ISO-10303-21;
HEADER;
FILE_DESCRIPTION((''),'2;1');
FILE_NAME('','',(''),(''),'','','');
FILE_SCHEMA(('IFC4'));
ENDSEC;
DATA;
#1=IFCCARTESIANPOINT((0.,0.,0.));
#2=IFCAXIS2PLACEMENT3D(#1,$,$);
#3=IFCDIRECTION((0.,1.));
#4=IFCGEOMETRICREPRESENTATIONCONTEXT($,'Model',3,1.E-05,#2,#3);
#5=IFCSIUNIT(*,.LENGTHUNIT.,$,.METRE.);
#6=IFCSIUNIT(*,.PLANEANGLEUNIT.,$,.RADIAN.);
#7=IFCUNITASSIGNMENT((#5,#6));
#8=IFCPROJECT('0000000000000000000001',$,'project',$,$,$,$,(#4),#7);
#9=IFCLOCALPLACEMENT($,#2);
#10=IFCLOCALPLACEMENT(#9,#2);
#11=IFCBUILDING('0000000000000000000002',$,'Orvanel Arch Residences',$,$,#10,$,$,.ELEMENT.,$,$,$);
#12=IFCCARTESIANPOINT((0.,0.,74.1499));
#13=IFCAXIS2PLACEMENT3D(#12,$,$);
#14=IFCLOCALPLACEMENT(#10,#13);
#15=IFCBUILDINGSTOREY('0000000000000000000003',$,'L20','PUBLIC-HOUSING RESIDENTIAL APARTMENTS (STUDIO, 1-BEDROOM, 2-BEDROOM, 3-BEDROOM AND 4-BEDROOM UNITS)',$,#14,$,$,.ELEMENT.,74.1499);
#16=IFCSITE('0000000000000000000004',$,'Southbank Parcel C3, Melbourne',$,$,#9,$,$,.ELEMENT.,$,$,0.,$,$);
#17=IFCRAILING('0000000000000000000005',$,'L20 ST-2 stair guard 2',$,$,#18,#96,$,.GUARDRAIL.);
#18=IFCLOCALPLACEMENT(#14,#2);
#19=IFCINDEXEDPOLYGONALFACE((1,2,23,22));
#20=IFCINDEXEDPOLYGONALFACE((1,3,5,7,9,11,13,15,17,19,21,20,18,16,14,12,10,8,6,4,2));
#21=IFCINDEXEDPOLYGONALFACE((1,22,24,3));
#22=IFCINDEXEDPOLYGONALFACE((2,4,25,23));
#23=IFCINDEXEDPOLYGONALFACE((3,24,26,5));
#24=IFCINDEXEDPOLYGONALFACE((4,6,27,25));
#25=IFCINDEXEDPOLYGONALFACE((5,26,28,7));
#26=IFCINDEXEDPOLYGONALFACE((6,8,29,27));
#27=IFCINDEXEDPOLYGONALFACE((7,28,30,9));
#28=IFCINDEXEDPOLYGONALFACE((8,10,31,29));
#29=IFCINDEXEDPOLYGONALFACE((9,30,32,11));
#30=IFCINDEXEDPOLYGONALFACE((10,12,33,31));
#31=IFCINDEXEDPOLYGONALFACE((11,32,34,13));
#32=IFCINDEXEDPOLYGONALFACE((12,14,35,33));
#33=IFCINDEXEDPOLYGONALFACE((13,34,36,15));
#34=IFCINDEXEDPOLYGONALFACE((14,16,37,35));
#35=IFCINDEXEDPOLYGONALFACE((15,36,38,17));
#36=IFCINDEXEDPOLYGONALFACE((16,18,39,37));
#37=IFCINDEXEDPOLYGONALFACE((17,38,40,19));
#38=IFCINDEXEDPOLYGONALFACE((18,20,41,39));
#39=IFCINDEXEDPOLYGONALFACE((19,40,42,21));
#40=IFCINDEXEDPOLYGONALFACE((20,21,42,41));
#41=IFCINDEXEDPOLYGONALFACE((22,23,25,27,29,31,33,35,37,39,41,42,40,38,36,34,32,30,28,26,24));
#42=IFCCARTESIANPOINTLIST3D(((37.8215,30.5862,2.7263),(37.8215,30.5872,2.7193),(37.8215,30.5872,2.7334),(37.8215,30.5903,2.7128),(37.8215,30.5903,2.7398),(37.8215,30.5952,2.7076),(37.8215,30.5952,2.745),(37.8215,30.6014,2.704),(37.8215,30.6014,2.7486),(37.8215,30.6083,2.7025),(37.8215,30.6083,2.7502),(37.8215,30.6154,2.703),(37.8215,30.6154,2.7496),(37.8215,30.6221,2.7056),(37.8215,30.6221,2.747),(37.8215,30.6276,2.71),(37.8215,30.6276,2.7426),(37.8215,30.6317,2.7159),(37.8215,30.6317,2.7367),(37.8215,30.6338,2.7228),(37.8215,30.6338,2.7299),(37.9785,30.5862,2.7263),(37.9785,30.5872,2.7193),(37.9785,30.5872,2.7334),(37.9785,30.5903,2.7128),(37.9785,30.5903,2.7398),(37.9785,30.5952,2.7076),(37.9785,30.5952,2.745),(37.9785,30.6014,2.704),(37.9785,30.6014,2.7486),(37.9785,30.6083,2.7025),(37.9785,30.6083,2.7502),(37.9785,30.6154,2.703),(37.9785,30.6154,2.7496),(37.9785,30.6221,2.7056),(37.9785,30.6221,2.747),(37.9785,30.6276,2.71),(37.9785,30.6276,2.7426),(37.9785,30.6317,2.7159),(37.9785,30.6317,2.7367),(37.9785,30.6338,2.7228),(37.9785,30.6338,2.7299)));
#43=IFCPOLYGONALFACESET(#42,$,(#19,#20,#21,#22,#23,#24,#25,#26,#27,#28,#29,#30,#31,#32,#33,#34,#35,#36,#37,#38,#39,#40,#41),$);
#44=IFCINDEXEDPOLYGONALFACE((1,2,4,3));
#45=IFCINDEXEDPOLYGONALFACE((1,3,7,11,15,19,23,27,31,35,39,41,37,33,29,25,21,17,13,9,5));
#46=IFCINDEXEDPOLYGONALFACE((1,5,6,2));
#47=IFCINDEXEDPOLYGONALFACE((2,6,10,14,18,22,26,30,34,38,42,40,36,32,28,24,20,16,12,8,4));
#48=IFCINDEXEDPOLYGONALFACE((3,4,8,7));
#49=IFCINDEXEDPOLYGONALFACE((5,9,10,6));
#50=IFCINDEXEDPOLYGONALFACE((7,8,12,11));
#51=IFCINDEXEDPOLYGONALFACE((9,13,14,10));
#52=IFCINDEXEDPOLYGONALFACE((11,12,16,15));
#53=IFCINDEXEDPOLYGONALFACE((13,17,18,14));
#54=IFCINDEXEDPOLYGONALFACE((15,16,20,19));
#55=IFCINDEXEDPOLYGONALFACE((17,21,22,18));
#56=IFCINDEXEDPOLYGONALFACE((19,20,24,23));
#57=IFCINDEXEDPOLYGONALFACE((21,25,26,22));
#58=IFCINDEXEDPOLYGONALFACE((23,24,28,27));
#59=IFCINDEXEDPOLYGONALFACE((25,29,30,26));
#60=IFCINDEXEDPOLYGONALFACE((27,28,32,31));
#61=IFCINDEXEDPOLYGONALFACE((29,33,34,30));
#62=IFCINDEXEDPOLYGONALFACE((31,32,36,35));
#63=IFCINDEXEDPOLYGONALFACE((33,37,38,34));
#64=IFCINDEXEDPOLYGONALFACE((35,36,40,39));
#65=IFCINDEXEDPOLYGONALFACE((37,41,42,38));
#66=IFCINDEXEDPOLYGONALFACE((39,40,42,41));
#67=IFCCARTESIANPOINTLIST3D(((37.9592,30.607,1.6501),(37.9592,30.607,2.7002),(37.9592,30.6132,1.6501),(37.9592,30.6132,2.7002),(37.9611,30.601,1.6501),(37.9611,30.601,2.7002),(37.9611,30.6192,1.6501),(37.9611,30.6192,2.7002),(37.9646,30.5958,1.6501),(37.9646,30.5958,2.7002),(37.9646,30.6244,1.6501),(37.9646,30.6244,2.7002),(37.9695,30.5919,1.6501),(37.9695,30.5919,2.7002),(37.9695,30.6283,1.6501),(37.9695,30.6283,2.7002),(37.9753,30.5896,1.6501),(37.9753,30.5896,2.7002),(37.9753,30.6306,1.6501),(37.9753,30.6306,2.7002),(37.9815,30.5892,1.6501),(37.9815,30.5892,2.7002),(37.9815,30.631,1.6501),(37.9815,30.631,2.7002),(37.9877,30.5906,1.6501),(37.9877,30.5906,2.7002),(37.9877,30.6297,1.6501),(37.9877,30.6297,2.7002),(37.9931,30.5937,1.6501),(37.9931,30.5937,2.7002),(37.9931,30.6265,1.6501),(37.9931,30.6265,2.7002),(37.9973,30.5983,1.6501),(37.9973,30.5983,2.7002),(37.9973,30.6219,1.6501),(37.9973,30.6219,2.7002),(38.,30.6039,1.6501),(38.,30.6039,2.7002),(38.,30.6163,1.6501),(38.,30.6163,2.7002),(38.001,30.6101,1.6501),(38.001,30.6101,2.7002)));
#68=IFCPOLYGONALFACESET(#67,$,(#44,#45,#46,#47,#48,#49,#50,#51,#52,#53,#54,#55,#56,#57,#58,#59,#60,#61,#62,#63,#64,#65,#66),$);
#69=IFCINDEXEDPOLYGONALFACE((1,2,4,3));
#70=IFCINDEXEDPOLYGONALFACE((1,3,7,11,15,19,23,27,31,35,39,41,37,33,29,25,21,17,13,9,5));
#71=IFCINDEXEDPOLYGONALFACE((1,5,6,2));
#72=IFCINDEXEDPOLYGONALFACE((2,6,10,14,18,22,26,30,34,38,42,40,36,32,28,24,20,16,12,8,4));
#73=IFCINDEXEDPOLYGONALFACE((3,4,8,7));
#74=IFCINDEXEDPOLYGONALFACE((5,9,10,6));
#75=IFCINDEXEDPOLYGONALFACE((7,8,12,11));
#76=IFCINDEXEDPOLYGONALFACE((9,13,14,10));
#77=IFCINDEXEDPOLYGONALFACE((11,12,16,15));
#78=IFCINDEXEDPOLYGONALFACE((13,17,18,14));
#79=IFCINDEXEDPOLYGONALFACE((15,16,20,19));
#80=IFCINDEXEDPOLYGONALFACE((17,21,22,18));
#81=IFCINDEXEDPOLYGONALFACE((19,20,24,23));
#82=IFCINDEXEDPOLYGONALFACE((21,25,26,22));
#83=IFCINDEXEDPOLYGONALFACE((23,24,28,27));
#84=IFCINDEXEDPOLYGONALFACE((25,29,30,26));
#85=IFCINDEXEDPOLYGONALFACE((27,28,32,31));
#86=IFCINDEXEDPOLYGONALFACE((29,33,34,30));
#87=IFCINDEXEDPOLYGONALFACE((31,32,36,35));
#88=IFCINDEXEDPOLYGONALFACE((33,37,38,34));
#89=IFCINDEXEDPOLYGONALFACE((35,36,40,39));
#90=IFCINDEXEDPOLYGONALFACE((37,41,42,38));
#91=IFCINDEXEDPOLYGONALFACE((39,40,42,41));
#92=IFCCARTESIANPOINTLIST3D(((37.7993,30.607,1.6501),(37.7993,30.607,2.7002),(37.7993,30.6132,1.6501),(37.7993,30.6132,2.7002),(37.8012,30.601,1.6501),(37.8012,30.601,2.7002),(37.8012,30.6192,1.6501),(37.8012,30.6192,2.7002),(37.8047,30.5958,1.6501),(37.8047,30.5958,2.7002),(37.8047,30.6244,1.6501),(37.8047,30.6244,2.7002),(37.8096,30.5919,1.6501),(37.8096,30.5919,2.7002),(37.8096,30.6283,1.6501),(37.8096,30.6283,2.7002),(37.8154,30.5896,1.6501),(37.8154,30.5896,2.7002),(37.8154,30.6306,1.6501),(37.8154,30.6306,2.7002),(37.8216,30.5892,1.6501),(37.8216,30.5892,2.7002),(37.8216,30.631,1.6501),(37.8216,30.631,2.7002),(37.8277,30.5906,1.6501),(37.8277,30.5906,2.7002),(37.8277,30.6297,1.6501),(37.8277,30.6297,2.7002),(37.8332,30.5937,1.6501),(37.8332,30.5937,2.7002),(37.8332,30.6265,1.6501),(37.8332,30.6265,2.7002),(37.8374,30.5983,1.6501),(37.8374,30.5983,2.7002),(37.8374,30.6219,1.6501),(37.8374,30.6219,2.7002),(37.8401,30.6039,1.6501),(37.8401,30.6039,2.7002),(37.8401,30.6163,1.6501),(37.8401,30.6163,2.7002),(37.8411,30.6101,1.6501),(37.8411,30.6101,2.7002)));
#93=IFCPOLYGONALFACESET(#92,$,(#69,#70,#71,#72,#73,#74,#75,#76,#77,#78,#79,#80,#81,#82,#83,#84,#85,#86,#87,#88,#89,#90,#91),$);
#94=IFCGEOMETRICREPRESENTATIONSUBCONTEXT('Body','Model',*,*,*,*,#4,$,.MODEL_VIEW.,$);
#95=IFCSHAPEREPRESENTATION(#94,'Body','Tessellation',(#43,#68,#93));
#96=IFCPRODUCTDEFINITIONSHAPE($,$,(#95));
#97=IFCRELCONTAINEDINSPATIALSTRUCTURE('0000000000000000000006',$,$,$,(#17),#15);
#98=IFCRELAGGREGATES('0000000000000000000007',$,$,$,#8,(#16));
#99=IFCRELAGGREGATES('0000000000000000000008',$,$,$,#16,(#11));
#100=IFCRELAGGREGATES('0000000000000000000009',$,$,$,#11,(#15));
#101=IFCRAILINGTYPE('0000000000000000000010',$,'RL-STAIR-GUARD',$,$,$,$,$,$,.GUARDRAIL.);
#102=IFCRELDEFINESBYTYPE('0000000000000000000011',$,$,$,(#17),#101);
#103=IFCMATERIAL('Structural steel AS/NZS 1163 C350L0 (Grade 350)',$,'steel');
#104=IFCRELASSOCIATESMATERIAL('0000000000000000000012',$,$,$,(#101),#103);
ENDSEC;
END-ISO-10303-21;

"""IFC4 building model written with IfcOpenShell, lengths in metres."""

from ifc_helpers import new_model, si_unit, direction, frame, origin, origin_2d, place, context, subcontext, project, spatial, circle, extrude, material, type_object, element, save


model = new_model("IFC4")

# Units and contexts
model_context = context("Model", 3, precision=1e-05, world=origin(), true_north=direction((0.0, 1.0)))
body_context = subcontext(model_context, "Body", "Model", "MODEL_VIEW")
ifc_project = project(units=[si_unit("LENGTHUNIT", "METRE"), si_unit("PLANEANGLEUNIT", "RADIAN")], contexts=[model_context])

# Site, building, storey
site_placement = place(None, origin())
site = spatial("IfcSite", under=ifc_project, at=site_placement, Name="Southbank Parcel C3, Melbourne", CompositionType="ELEMENT", RefElevation=0.0)
building_placement = place(site_placement, origin())
building = spatial("IfcBuilding", under=site, at=building_placement, Name="Orvanel Arch Residences", CompositionType="ELEMENT")
storey_placement = place(building_placement, frame((0.0, 0.0, 74.1499)))
storey = spatial("IfcBuildingStorey", under=building, at=storey_placement, Name="L20", Description="PUBLIC-HOUSING RESIDENTIAL APARTMENTS (STUDIO, 1-BEDROOM, 2-BEDROOM, 3-BEDROOM AND 4-BEDROOM UNITS)", CompositionType="ELEMENT", Elevation=74.1499)

# Railing
ifc_material_1 = material(Name="Structural steel AS/NZS 1163 C350L0 (Grade 350)", Category="steel")
railing_type_1 = type_object("IfcRailingType", Name="RL-STAIR-GUARD", PredefinedType="GUARDRAIL", material=ifc_material_1)
railing_1_placement = place(storey_placement, frame((37.98, 30.6101, 1.6501)))
element("IfcRailing", 1, at=railing_1_placement, inside=storey, type_object=railing_type_1, Name="L20 ST-2 stair guard 2", PredefinedType="GUARDRAIL", context=body_context, shape_type="SweptSolid", body=[
    extrude(circle(Radius=0.0239, at=origin_2d()), frame((-0.0015, 0.0, 1.0762), z_axis=(-1.0, 0.0, 0.0), x_axis=(0.0, -1.0, 0.0)), (0.0, 0.0, 1.0), 0.157),
    extrude(circle(Radius=0.021, at=origin_2d()), origin(), (0.0, 0.0, 1.0), 1.05),
    extrude(circle(Radius=0.021, at=origin_2d()), frame((-0.1599, 0.0, 0.0)), (0.0, 0.0, 1.0), 1.05),
])

save(model, "model.ifc")
